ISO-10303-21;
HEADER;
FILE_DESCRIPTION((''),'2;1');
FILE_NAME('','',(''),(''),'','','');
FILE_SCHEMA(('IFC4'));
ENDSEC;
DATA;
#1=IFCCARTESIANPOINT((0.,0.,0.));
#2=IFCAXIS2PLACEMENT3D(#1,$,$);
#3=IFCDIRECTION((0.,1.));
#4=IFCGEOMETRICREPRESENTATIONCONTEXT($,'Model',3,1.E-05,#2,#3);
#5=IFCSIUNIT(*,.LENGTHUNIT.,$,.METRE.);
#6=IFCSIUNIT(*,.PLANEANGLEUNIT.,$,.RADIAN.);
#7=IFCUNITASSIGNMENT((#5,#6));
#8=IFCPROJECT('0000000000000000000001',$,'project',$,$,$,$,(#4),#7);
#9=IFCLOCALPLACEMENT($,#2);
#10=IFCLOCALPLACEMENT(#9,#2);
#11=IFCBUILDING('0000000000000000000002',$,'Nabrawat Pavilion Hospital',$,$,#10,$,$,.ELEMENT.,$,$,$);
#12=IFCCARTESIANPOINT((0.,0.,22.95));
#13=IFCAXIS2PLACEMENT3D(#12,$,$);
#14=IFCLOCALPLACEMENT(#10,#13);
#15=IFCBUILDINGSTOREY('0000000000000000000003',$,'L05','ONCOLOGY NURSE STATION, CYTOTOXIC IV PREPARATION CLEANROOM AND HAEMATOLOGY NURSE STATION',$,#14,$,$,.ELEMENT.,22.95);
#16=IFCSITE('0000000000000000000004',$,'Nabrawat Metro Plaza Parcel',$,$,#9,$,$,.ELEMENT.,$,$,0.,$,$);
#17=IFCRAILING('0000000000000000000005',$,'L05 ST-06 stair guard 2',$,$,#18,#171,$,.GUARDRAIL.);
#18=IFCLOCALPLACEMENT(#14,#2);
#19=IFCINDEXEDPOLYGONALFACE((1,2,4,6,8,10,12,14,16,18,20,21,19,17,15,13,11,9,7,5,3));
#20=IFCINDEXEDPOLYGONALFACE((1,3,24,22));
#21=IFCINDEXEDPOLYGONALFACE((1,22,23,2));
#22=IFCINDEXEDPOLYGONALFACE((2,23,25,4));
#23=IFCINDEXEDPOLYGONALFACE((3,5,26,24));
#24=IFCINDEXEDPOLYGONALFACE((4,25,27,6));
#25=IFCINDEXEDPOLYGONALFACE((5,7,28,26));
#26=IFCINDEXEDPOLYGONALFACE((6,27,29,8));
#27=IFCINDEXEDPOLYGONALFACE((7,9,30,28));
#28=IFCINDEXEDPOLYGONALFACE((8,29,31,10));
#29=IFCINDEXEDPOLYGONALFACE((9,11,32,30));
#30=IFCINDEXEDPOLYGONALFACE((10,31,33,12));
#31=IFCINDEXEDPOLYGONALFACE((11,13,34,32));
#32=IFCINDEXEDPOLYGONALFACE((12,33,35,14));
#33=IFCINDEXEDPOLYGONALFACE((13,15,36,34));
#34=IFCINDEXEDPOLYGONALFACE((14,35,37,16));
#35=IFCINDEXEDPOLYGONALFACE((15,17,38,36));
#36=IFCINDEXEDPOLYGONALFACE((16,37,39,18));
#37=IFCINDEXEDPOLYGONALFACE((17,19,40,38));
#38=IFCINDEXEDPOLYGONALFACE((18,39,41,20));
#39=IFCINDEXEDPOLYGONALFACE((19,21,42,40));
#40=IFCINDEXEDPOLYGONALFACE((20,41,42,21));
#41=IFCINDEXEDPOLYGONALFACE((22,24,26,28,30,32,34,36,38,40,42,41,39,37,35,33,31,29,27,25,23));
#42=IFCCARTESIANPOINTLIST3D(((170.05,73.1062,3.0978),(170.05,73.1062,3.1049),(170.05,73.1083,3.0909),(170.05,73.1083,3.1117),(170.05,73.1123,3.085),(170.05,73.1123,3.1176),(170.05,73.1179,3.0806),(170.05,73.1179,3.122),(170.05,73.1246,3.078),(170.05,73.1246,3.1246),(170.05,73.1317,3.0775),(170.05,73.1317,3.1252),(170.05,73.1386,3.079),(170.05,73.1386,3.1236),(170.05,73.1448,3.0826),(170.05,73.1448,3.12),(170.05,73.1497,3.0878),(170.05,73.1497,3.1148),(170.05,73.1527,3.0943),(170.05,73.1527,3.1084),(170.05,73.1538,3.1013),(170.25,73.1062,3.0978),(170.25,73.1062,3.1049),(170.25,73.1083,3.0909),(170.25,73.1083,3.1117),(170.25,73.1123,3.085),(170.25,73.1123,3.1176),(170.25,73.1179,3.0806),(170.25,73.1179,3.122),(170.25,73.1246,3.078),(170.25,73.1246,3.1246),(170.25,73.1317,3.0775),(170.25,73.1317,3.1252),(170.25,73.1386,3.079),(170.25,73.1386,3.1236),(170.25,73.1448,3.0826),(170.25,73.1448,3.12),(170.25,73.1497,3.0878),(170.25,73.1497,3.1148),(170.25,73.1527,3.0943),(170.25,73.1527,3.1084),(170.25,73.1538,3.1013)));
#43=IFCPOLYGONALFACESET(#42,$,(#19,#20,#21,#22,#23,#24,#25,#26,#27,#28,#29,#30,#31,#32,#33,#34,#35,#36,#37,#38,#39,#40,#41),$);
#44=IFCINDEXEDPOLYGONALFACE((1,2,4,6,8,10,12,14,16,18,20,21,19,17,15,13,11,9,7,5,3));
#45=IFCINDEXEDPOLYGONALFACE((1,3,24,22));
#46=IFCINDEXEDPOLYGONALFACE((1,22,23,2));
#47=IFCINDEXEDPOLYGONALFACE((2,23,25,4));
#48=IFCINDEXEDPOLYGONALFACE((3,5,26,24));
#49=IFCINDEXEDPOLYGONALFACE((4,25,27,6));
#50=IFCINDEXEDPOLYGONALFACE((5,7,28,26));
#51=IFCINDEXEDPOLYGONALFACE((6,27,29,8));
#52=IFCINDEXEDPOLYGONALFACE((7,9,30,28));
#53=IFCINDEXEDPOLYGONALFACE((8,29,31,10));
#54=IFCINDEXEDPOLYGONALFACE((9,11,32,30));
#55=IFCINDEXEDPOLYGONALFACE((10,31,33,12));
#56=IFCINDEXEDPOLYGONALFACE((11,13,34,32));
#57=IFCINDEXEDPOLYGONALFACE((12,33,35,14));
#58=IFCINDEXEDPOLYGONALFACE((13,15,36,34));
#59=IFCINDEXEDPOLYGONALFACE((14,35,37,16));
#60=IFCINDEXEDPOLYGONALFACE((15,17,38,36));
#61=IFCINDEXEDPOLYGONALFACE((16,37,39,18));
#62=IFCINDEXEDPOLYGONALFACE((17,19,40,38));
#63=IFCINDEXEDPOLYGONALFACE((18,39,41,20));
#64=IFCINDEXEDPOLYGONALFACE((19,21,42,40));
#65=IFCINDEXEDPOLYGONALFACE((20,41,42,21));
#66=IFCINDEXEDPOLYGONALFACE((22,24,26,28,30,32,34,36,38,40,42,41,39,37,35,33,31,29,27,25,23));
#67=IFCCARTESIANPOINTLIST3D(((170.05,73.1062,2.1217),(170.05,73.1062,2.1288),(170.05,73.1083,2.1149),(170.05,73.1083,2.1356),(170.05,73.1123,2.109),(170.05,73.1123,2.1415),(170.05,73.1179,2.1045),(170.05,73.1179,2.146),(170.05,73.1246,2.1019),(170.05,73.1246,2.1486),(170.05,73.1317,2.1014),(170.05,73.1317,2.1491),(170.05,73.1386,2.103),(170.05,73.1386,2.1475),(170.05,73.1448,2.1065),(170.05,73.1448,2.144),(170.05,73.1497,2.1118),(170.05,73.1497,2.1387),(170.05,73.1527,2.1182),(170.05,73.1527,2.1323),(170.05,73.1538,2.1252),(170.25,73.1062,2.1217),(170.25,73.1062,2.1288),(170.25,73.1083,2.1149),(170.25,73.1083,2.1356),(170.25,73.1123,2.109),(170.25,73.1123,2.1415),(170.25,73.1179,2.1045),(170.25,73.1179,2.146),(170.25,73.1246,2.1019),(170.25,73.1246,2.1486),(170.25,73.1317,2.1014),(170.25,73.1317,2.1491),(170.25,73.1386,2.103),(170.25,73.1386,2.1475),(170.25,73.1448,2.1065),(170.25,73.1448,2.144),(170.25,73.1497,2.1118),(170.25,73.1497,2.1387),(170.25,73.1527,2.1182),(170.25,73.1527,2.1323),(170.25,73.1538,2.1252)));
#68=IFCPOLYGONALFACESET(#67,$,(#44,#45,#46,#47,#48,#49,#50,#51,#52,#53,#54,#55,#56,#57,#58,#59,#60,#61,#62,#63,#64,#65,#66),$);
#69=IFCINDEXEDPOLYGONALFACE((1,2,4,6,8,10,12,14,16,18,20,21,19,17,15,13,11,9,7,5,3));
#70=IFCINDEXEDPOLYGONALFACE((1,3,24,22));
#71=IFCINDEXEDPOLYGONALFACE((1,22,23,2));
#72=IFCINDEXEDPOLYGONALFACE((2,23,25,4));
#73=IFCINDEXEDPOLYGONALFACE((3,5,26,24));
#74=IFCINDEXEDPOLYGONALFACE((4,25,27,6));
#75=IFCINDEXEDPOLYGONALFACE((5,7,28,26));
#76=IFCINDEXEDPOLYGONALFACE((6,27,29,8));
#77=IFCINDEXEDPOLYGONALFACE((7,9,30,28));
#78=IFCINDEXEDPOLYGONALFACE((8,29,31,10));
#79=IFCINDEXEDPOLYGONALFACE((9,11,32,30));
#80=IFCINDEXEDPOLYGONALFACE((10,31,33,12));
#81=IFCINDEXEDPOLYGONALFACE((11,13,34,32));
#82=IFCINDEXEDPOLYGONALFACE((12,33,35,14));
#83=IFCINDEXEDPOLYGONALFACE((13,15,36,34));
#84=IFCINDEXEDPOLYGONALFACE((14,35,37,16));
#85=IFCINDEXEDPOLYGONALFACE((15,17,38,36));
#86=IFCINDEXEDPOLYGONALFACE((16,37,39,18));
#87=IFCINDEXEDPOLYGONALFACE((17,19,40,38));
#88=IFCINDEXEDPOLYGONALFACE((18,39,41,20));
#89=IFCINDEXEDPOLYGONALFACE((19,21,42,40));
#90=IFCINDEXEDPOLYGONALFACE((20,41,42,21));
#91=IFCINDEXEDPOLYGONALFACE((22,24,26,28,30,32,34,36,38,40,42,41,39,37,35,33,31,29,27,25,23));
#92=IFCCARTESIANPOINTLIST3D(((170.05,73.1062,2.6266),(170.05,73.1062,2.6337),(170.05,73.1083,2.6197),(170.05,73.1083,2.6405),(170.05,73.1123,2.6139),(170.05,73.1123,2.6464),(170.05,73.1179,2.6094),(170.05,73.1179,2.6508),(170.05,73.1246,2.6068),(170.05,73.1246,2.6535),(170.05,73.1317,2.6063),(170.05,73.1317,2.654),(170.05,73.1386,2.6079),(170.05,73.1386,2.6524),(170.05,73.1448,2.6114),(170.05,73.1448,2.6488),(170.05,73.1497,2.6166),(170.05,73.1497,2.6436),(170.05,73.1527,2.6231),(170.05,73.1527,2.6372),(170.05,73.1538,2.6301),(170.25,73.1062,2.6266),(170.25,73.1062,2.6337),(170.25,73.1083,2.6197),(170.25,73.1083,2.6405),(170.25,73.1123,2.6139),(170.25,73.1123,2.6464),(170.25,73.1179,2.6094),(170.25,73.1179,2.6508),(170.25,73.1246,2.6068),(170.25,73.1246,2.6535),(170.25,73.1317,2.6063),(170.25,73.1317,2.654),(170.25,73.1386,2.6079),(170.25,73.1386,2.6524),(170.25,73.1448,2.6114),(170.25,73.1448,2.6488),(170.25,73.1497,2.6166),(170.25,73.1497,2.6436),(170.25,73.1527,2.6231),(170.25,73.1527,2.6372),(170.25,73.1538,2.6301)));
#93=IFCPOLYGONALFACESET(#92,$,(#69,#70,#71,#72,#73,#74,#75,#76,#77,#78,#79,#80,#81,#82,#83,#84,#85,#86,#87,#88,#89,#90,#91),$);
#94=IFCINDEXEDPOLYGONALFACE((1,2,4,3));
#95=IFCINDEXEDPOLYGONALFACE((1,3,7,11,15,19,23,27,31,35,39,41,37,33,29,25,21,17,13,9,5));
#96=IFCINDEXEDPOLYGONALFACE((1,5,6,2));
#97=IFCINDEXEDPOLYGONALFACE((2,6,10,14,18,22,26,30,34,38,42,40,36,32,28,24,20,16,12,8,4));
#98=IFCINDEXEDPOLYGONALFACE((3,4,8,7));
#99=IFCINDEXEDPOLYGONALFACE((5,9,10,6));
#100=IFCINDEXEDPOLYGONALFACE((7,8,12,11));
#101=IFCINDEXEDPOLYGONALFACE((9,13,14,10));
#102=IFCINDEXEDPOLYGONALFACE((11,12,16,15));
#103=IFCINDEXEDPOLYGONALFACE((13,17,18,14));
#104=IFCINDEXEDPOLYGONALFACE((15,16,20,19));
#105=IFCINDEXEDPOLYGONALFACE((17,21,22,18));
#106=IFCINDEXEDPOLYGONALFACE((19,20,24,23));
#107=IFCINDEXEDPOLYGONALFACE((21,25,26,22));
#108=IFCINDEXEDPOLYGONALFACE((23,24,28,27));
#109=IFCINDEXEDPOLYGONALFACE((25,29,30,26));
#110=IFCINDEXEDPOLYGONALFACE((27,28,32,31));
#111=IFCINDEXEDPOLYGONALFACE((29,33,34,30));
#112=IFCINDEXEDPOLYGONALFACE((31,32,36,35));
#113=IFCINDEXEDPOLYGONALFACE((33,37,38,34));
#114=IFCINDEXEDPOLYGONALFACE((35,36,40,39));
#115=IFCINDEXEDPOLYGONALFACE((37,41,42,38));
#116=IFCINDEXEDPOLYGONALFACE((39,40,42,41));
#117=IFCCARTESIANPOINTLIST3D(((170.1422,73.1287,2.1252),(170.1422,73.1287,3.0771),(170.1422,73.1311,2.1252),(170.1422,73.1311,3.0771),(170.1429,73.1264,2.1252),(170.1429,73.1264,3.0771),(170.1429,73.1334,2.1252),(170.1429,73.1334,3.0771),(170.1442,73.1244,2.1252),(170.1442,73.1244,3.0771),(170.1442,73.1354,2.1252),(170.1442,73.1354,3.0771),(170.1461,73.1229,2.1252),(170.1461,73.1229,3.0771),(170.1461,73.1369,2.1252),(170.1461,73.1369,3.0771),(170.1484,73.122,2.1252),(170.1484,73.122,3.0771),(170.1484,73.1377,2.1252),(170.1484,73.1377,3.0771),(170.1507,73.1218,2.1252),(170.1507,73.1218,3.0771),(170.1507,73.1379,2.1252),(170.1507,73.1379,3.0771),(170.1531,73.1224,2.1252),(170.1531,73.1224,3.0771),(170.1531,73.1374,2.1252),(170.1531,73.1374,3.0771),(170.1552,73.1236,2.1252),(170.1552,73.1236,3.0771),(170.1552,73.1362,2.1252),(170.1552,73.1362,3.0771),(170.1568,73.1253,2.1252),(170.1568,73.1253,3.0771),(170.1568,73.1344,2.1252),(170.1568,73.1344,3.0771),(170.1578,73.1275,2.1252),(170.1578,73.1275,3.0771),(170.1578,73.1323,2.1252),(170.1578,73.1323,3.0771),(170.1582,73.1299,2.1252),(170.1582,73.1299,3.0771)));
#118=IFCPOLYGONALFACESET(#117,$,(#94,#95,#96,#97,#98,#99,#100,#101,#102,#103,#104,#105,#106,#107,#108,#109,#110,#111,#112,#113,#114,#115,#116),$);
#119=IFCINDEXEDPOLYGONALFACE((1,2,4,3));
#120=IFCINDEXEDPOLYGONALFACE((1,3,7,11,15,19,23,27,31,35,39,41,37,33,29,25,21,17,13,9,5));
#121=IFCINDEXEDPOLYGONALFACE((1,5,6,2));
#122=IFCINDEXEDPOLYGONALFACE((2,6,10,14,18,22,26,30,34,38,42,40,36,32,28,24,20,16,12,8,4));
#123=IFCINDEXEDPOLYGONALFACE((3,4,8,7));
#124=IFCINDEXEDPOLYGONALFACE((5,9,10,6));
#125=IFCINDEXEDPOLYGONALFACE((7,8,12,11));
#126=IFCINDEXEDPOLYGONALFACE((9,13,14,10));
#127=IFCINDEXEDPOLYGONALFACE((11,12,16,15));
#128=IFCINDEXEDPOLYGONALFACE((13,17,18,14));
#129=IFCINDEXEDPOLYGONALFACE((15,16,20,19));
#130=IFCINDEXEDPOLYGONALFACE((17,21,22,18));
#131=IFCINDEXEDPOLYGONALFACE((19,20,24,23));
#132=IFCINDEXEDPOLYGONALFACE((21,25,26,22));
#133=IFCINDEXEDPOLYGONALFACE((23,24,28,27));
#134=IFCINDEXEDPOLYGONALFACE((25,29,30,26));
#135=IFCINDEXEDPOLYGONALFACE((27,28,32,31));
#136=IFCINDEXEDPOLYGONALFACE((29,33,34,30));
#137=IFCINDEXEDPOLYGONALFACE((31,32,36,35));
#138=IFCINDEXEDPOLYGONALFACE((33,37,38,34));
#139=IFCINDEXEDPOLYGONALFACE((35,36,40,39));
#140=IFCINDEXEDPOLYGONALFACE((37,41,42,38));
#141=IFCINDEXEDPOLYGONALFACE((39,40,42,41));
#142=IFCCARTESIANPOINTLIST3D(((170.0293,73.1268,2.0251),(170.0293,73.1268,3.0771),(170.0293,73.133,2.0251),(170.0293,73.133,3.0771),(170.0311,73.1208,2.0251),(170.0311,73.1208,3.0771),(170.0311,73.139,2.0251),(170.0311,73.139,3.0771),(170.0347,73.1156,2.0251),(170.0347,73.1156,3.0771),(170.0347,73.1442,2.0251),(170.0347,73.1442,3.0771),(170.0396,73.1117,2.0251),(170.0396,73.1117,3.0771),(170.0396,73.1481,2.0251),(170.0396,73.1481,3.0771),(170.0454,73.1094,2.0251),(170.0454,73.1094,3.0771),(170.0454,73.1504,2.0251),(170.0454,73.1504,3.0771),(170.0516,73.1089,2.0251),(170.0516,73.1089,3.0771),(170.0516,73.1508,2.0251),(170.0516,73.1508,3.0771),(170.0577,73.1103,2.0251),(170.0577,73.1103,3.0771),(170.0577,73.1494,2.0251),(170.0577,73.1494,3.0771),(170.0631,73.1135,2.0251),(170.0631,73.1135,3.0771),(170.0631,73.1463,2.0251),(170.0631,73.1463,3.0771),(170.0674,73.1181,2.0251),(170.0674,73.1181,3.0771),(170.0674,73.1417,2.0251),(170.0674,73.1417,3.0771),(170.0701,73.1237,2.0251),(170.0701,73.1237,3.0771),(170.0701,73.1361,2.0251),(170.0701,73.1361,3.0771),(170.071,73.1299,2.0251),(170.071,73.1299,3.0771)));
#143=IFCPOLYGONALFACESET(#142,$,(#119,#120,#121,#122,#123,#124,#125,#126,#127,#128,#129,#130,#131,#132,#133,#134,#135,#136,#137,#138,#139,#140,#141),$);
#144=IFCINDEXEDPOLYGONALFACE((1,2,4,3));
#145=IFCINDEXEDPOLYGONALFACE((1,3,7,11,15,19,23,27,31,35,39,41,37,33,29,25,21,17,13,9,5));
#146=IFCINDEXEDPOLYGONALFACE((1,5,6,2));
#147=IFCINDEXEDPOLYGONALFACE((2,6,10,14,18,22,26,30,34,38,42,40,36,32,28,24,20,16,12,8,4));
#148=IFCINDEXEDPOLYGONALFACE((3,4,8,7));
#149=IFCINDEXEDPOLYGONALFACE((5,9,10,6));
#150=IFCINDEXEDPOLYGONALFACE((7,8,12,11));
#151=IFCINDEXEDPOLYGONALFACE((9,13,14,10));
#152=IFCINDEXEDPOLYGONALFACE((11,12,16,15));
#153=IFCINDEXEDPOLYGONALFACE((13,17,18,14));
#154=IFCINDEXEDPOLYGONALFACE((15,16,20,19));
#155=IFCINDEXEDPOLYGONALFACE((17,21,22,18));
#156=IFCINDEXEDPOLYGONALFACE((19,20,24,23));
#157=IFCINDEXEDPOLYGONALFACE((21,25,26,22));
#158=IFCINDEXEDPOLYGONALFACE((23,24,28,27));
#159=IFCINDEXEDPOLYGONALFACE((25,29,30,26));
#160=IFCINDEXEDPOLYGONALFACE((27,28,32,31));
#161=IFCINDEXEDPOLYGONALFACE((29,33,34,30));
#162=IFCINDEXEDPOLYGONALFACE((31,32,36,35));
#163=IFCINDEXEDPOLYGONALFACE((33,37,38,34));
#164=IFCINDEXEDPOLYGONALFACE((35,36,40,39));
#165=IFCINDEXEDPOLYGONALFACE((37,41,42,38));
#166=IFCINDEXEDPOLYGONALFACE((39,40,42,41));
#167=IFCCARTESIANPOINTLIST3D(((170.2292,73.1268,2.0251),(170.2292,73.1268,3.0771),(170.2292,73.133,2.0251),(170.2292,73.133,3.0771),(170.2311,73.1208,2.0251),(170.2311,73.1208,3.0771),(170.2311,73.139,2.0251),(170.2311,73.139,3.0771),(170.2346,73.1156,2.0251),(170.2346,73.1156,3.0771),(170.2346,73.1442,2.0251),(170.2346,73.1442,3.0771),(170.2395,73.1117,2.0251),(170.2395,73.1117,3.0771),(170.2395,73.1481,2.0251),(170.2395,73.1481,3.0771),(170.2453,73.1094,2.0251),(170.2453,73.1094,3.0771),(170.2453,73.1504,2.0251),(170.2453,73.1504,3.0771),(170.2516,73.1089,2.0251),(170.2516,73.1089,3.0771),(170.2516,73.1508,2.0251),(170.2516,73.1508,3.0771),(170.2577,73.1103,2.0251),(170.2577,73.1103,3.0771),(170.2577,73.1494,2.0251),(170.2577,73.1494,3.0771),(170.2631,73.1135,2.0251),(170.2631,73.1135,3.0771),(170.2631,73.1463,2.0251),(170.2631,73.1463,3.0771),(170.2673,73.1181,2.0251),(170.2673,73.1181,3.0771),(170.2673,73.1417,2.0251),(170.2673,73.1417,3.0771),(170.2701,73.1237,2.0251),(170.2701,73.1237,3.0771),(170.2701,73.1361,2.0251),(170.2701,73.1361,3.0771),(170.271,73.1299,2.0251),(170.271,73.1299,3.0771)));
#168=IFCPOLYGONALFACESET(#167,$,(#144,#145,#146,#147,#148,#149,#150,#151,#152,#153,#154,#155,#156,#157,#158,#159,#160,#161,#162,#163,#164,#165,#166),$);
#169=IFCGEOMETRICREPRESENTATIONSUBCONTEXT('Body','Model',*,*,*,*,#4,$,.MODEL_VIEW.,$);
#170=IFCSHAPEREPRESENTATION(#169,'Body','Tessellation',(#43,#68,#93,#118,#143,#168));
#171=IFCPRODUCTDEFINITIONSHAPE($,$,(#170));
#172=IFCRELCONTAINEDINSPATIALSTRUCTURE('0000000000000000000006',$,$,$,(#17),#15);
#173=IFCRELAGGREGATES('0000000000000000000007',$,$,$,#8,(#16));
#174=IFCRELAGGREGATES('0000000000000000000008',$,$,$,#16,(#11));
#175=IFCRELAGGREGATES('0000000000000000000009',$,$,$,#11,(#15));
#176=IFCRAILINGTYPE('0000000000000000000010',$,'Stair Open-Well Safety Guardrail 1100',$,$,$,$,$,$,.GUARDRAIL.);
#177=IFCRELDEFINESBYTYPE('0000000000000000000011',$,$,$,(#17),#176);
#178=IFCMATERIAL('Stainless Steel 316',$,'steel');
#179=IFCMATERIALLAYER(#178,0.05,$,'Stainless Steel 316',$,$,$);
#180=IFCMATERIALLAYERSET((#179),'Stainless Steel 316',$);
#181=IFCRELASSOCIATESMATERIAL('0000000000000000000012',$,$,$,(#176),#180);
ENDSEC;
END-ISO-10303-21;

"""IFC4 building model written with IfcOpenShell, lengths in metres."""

from ifc_helpers import new_model, si_unit, direction, frame, origin, origin_2d, place, context, subcontext, project, spatial, circle, extrude, material, layer, layer_set, type_object, element, save


model = new_model("IFC4")

# Units and contexts
model_context = context("Model", 3, precision=1e-05, world=origin(), true_north=direction((0.0, 1.0)))
body_context = subcontext(model_context, "Body", "Model", "MODEL_VIEW")
ifc_project = project(units=[si_unit("LENGTHUNIT", "METRE"), si_unit("PLANEANGLEUNIT", "RADIAN")], contexts=[model_context])

# Site, building, storey
site_placement = place(None, origin())
site = spatial("IfcSite", under=ifc_project, at=site_placement, Name="Nabrawat Metro Plaza Parcel", CompositionType="ELEMENT", RefElevation=0.0)
building_placement = place(site_placement, origin())
building = spatial("IfcBuilding", under=site, at=building_placement, Name="Nabrawat Pavilion Hospital", CompositionType="ELEMENT")
storey_placement = place(building_placement, frame((0.0, 0.0, 22.95)))
storey = spatial("IfcBuildingStorey", under=building, at=storey_placement, Name="L05", Description="ONCOLOGY NURSE STATION, CYTOTOXIC IV PREPARATION CLEANROOM AND HAEMATOLOGY NURSE STATION", CompositionType="ELEMENT", Elevation=22.95)

# Railing
ifc_material_1 = material(Name="Stainless Steel 316", Category="steel")
ifc_layer_1 = layer(ifc_material_1, 0.05, Name="Stainless Steel 316")
ifc_layer_set_1 = layer_set([ifc_layer_1], Name="Stainless Steel 316")
railing_type_1 = type_object("IfcRailingType", Name="Stair Open-Well Safety Guardrail 1100", PredefinedType="GUARDRAIL", material=ifc_layer_set_1)
railing_1_placement = place(storey_placement, frame((170.05, 73.1299, 2.0251)))
element("IfcRailing", 1, at=railing_1_placement, inside=storey, type_object=railing_type_1, Name="L05 ST-06 stair guard 2", PredefinedType="GUARDRAIL", context=body_context, shape_type="SweptSolid", body=[
    extrude(circle(Radius=0.0239, at=origin_2d()), frame((0.0, 0.0, 1.0762), z_axis=(1.0, 0.0, 0.0), x_axis=(0.0, 1.0, 0.0)), (0.0, 0.0, 1.0), 0.2),
    extrude(circle(Radius=0.0239, at=origin_2d()), frame((0.0, 0.0, 0.1001), z_axis=(1.0, 0.0, 0.0), x_axis=(0.0, 1.0, 0.0)), (0.0, 0.0, 1.0), 0.2),
    extrude(circle(Radius=0.0239, at=origin_2d()), frame((0.0, 0.0, 0.605), z_axis=(1.0, 0.0, 0.0), x_axis=(0.0, 1.0, 0.0)), (0.0, 0.0, 1.0), 0.2),
    extrude(circle(Radius=0.0081, at=origin_2d()), frame((0.1001, 0.0, 0.1001)), (0.0, 0.0, 1.0), 0.9519),
    extrude(circle(Radius=0.021, at=origin_2d()), origin(), (0.0, 0.0, 1.0), 1.052),
    extrude(circle(Radius=0.021, at=origin_2d()), frame((0.2, 0.0, 0.0)), (0.0, 0.0, 1.0), 1.052),
])

save(model, "model.ifc")
